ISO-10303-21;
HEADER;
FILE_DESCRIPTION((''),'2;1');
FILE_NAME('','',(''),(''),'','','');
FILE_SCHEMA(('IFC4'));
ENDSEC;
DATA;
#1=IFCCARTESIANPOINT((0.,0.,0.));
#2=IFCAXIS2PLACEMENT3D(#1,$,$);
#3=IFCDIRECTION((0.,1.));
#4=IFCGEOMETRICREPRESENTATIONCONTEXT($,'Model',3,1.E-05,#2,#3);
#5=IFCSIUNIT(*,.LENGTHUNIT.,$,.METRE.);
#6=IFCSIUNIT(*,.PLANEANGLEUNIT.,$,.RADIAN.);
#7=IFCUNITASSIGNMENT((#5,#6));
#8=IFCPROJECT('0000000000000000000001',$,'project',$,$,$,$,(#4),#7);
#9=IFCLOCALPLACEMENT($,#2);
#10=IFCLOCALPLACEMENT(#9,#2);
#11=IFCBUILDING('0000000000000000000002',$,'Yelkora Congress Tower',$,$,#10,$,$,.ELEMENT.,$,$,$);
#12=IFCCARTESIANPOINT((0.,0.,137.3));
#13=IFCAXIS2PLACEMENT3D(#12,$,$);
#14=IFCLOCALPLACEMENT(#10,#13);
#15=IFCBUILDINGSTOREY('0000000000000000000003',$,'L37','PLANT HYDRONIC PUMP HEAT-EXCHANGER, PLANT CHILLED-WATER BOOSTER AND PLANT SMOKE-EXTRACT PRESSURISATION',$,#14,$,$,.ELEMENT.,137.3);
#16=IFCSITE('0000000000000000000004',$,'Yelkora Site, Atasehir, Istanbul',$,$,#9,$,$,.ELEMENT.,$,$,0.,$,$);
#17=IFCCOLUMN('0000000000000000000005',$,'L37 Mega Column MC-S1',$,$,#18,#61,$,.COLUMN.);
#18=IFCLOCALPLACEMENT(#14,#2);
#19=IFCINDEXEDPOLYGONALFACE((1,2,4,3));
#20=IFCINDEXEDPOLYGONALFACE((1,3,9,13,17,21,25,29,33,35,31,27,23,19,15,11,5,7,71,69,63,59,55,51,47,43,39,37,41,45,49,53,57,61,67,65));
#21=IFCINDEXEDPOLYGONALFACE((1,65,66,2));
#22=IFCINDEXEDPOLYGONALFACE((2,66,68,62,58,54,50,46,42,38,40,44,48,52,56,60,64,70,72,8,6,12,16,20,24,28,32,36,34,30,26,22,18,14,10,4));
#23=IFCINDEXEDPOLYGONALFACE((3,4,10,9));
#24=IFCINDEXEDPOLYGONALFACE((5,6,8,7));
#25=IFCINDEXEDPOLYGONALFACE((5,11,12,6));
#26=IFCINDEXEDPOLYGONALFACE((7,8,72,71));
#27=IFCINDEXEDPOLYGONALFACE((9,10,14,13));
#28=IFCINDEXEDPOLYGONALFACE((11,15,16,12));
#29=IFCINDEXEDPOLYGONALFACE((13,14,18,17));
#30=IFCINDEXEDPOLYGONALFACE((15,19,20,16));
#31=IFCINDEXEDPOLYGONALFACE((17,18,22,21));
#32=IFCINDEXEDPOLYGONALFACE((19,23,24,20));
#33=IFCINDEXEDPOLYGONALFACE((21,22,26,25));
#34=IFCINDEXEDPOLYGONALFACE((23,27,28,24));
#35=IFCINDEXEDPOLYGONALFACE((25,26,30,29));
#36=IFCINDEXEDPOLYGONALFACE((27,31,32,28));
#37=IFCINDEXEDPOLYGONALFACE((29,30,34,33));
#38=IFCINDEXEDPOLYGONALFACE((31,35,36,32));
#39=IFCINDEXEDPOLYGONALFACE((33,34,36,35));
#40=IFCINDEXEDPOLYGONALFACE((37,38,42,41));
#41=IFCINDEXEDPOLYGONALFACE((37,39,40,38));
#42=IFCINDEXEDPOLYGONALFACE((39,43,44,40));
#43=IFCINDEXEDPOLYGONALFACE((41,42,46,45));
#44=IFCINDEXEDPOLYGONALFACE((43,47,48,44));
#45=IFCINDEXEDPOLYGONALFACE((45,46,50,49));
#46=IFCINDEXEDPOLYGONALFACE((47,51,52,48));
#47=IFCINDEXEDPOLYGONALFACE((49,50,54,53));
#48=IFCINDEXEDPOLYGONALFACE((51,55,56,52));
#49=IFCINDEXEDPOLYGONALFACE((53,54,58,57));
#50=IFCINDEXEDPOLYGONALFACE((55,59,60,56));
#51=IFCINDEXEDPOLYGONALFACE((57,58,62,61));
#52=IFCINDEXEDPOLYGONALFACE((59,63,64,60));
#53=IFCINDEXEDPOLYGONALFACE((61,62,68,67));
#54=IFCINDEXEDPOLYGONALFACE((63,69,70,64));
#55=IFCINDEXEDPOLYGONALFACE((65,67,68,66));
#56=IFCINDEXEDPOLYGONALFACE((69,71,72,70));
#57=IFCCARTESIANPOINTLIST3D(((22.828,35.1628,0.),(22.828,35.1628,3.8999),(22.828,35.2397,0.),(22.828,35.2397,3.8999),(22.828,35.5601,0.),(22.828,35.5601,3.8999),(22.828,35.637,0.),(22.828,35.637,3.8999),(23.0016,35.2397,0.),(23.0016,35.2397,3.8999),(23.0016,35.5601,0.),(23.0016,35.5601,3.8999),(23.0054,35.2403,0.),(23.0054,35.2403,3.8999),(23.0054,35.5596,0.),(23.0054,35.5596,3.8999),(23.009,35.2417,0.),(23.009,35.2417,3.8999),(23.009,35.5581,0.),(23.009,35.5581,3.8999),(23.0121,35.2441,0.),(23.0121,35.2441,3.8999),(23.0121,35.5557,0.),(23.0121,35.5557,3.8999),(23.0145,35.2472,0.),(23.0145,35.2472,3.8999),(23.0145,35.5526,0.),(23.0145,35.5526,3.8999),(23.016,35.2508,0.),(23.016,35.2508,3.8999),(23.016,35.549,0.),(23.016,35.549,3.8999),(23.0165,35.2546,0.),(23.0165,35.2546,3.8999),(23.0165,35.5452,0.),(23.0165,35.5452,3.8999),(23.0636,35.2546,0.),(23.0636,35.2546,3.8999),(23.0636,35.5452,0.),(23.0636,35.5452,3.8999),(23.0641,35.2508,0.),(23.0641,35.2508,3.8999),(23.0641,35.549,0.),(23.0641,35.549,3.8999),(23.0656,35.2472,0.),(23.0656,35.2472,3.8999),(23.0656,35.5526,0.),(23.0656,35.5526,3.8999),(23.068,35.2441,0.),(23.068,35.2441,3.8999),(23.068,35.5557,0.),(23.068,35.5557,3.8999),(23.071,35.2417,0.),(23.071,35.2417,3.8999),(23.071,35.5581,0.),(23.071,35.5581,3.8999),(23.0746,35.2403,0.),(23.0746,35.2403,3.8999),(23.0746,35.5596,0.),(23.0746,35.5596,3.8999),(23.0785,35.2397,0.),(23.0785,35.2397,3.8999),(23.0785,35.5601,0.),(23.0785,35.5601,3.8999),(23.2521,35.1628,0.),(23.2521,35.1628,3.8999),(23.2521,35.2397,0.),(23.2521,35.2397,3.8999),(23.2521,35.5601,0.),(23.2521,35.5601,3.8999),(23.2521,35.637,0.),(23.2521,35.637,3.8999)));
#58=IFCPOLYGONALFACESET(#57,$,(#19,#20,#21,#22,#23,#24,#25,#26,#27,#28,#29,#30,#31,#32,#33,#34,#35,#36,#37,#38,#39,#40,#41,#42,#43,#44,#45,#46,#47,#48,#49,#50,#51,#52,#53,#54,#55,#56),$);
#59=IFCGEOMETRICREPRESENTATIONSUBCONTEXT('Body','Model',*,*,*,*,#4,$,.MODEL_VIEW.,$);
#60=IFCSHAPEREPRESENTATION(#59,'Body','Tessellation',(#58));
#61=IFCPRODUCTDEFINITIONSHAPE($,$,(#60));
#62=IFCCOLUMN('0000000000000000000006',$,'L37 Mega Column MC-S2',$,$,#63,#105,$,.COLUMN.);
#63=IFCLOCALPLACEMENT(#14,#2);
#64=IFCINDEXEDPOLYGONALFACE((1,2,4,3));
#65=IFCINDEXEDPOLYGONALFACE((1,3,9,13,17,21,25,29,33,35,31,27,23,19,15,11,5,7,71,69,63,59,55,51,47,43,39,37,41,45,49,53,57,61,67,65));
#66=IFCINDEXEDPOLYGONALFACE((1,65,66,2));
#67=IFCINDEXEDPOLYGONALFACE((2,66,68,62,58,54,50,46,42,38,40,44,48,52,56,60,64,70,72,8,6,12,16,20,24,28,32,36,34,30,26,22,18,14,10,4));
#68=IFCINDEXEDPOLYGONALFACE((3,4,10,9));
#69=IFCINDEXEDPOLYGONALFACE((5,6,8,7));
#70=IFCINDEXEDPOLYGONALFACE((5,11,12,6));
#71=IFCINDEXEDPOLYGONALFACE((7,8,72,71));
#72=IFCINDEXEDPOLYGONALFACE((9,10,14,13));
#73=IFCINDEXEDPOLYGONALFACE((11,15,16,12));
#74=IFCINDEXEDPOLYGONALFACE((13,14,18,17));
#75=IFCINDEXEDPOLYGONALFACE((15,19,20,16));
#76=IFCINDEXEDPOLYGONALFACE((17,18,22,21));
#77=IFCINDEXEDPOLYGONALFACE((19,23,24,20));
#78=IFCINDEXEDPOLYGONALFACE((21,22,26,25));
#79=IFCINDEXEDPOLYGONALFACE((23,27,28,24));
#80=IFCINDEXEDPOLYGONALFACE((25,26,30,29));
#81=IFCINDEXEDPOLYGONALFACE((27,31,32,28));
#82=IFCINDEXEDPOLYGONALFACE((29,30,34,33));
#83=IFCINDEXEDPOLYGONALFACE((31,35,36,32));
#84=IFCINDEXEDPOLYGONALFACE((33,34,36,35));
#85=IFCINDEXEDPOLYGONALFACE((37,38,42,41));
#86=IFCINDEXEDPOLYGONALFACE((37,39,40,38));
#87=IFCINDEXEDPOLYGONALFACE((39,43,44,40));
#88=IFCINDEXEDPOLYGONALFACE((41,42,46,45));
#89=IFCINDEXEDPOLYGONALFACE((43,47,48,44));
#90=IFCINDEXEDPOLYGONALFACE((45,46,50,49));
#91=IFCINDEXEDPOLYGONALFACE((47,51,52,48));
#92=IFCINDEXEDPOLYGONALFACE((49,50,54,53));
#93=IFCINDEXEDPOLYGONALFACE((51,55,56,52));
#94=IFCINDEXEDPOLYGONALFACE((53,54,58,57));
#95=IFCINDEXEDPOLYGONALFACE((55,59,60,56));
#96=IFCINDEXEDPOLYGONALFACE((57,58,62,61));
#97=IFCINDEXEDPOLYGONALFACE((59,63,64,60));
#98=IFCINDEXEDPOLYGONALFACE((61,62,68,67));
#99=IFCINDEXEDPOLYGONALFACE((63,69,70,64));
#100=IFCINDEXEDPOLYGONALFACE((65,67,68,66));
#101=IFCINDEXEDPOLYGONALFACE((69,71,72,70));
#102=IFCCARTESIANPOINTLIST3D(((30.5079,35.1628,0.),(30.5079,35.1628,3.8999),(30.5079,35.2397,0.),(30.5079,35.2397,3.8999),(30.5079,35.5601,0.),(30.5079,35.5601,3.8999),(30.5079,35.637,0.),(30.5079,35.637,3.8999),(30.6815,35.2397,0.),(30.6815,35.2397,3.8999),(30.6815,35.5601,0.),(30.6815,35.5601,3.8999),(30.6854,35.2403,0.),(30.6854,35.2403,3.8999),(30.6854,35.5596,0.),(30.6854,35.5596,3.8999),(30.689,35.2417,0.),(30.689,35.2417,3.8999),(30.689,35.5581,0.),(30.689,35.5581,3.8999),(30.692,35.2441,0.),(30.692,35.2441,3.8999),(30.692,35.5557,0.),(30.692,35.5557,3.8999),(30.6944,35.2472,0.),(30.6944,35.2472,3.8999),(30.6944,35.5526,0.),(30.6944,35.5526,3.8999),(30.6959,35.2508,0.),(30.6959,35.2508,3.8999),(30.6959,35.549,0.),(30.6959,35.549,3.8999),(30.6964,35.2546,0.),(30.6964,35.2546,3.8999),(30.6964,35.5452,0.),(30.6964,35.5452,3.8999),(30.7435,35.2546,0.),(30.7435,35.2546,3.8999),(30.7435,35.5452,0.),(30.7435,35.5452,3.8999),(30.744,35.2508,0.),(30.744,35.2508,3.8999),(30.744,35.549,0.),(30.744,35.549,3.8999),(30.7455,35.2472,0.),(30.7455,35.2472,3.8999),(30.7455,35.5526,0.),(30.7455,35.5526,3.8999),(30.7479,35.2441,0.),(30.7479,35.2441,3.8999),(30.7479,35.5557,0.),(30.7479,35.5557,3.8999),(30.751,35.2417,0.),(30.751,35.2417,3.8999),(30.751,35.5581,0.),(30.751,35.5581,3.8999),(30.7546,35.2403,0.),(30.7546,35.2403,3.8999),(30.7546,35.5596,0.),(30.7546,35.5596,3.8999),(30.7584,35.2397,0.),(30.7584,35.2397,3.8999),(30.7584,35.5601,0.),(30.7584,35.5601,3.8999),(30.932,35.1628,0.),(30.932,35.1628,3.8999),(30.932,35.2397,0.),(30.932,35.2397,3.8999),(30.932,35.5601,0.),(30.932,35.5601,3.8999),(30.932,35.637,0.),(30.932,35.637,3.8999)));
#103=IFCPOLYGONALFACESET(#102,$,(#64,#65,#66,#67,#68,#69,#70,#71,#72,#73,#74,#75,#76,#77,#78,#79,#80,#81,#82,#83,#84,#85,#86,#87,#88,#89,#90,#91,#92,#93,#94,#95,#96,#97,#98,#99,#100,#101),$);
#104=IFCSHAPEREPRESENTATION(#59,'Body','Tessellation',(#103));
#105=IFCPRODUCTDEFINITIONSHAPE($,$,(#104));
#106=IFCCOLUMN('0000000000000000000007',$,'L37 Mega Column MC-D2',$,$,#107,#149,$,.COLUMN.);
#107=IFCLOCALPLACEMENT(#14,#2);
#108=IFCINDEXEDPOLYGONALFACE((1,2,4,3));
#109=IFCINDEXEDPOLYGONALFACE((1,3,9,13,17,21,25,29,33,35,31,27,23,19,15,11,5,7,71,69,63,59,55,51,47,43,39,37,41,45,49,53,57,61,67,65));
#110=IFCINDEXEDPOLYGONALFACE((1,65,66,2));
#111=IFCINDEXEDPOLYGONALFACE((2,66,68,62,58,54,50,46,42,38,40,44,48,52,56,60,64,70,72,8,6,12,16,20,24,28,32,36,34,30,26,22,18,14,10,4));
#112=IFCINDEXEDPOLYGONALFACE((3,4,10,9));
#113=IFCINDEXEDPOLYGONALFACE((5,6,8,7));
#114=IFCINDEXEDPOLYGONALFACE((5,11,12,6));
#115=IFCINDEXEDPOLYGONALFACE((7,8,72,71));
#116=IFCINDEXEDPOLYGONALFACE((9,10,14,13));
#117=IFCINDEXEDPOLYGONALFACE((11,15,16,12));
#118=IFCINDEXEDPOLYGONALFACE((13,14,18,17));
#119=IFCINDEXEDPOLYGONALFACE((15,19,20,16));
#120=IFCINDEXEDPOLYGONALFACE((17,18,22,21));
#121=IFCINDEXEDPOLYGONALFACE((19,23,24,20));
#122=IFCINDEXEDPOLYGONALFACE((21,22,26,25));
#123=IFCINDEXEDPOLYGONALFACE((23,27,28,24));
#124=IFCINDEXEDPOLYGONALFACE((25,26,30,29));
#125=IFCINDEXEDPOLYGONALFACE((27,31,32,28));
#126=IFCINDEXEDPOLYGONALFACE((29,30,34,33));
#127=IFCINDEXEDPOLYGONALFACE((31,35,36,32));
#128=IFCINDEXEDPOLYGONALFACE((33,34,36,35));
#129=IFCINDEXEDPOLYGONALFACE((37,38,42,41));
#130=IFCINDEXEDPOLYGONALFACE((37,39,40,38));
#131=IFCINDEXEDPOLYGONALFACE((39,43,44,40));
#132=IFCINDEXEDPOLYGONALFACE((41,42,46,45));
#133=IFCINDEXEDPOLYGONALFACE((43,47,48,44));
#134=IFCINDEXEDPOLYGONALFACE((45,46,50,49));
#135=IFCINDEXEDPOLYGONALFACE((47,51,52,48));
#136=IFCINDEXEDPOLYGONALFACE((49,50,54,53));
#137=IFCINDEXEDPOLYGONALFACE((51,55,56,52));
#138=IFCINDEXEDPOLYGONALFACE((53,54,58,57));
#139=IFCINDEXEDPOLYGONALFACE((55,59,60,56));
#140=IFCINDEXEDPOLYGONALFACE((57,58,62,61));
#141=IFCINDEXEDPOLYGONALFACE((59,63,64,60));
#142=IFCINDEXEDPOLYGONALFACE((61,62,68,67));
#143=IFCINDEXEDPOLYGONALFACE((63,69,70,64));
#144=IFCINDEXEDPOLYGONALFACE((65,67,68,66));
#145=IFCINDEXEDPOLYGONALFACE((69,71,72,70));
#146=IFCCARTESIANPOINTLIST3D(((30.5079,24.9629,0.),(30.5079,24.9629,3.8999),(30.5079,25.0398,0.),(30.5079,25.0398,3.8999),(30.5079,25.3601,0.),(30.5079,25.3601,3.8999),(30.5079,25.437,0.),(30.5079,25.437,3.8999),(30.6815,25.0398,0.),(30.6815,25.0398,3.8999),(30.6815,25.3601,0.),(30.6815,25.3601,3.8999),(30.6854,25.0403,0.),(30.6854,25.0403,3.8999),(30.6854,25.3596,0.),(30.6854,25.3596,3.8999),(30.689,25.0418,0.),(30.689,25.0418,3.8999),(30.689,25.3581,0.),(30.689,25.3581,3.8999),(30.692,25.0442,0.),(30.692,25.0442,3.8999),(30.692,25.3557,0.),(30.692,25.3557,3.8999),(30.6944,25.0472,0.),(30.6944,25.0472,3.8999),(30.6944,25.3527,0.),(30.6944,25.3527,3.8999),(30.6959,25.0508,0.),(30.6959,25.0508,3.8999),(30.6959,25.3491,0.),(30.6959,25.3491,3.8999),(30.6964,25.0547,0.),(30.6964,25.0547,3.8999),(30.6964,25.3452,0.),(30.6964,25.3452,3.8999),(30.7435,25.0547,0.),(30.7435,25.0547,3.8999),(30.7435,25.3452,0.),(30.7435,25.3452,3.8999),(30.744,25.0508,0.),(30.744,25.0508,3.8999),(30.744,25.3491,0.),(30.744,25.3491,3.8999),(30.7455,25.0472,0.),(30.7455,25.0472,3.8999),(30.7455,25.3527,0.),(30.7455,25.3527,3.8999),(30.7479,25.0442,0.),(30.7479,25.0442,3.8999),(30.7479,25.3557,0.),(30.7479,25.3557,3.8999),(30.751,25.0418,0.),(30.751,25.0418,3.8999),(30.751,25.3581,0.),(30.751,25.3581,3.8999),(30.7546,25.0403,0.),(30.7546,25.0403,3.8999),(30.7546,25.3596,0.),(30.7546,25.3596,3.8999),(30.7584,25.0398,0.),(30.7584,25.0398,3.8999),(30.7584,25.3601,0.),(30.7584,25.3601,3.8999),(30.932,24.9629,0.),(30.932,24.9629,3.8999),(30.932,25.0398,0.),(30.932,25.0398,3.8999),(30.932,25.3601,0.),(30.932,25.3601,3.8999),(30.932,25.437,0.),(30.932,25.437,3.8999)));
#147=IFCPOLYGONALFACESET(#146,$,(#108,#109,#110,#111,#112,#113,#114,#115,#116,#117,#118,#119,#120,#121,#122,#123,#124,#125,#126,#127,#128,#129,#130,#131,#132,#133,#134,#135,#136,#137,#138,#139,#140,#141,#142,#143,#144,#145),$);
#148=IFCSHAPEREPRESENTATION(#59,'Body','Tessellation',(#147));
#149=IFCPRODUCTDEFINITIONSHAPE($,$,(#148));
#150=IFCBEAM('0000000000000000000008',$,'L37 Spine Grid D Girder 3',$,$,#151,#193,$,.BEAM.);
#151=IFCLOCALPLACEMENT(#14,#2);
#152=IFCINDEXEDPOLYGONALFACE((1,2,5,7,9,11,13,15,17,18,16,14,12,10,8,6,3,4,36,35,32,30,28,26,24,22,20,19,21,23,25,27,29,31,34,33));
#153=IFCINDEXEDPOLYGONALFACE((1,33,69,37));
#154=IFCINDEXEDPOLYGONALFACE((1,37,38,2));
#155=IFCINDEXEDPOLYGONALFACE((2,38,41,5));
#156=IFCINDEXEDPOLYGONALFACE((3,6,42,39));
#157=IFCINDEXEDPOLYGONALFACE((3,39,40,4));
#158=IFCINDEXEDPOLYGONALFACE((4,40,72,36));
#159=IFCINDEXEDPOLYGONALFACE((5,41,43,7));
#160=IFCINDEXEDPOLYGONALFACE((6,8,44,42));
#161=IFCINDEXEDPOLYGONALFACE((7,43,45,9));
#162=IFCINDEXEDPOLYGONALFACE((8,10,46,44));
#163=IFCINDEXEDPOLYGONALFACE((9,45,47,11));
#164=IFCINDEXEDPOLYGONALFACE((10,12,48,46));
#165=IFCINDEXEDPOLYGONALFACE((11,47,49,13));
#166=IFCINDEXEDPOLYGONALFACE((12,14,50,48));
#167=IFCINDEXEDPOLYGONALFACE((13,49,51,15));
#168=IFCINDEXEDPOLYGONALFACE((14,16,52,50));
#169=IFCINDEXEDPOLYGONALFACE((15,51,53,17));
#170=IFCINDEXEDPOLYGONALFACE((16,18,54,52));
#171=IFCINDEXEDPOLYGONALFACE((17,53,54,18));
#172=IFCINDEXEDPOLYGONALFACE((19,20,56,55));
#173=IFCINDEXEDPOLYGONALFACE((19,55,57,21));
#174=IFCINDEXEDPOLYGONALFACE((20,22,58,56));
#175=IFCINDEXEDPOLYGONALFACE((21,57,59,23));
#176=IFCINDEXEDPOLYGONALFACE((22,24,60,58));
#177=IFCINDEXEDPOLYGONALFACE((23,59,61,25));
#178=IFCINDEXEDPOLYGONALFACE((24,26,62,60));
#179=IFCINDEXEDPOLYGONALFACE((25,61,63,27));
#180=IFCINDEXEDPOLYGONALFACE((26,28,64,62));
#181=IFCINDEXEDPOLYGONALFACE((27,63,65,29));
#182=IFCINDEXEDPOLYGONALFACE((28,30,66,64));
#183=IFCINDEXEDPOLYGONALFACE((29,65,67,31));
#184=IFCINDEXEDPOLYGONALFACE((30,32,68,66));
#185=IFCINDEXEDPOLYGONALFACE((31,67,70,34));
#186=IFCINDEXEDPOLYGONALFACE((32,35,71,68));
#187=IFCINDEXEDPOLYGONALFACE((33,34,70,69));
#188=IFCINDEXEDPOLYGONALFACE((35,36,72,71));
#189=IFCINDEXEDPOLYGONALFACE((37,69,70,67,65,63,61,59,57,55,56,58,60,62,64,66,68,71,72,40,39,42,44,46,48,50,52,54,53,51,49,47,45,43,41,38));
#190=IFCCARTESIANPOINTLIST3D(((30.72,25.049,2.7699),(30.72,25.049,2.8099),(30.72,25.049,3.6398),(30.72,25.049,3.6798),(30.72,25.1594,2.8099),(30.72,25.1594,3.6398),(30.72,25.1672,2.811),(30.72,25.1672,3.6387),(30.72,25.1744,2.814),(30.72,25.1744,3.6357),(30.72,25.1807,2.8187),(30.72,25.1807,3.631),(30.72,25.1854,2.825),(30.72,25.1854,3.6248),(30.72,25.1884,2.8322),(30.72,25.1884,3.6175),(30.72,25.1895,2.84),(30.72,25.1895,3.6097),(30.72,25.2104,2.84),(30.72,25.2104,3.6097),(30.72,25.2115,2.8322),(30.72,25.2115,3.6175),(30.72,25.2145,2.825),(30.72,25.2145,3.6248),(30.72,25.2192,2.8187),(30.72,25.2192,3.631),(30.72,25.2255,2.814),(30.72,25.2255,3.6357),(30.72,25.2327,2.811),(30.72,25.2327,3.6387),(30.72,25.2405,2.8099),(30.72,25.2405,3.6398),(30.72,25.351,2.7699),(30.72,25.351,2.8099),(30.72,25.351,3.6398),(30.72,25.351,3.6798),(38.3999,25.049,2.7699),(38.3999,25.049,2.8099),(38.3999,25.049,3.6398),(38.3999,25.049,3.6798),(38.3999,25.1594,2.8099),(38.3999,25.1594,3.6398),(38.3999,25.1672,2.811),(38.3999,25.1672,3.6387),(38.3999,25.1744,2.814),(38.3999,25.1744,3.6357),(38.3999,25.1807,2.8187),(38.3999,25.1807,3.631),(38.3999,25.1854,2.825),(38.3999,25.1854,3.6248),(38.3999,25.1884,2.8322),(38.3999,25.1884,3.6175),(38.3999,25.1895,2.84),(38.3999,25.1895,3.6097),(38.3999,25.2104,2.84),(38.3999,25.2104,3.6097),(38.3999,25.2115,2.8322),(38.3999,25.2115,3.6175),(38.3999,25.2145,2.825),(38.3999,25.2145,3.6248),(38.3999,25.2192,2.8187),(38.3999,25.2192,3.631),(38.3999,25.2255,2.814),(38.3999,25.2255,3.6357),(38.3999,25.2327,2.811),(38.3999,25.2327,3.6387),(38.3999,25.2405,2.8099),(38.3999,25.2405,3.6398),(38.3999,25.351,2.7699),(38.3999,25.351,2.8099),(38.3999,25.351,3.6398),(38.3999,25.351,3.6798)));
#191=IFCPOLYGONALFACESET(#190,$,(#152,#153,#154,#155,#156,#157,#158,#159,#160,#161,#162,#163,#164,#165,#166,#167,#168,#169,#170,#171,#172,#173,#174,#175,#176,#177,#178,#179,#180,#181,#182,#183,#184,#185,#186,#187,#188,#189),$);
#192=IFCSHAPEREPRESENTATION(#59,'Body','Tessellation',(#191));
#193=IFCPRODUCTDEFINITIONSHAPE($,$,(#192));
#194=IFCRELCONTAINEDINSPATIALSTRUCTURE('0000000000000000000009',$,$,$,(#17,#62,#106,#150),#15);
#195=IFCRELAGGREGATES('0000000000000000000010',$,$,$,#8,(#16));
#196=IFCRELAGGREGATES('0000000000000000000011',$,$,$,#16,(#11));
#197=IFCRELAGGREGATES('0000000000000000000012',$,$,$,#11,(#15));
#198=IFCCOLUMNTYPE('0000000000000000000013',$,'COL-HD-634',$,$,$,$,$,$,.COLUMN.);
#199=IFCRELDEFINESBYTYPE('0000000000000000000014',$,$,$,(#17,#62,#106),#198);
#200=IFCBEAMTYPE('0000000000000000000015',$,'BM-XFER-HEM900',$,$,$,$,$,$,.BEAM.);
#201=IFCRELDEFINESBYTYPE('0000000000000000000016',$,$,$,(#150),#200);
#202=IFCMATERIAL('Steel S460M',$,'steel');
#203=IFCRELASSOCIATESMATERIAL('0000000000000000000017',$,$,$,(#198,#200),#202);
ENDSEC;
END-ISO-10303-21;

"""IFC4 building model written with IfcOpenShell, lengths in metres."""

from ifc_helpers import new_model, si_unit, direction, frame, origin, origin_2d, place, context, subcontext, project, spatial, i_section, extrude, material, material_profile, profile_set, type_object, element, save


model = new_model("IFC4")

# Units and contexts
model_context = context("Model", 3, precision=1e-05, world=origin(), true_north=direction((0.0, 1.0)))
body_context = subcontext(model_context, "Body", "Model", "MODEL_VIEW")
ifc_project = project(units=[si_unit("LENGTHUNIT", "METRE"), si_unit("PLANEANGLEUNIT", "RADIAN")], contexts=[model_context])

# Site, building, storey
site_placement = place(None, origin())
site = spatial("IfcSite", under=ifc_project, at=site_placement, Name="Yelkora Site, Atasehir, Istanbul", CompositionType="ELEMENT", RefElevation=0.0)
building_placement = place(site_placement, origin())
building = spatial("IfcBuilding", under=site, at=building_placement, Name="Yelkora Congress Tower", CompositionType="ELEMENT")
storey_placement = place(building_placement, frame((0.0, 0.0, 137.3)))
storey = spatial("IfcBuildingStorey", under=building, at=storey_placement, Name="L37", Description="PLANT HYDRONIC PUMP HEAT-EXCHANGER, PLANT CHILLED-WATER BOOSTER AND PLANT SMOKE-EXTRACT PRESSURISATION", CompositionType="ELEMENT", Elevation=137.3)

# Columns
ifc_material_1 = material(Name="Steel S460M", Category="steel")
ifc_material_profile_1 = material_profile(ifc_material_1, i_section(OverallWidth=0.4241, OverallDepth=0.4741, WebThickness=0.0471, FlangeThickness=0.0769, FilletRadius=0.0149, at=origin_2d()), Name="HD 400x634")
ifc_profile_set_1 = profile_set([ifc_material_profile_1], Name="Steel S460M")
column_type = type_object("IfcColumnType", Name="COL-HD-634", PredefinedType="COLUMN", material=ifc_profile_set_1)
for number, where, z_axis, x_axis, name in (
    (1, (23.04, 35.3999, 0.0), (0.0, 0.0, 1.0), (1.0, 0.0, 0.0), "L37 Mega Column MC-S1"),
    (2, (30.72, 35.3999, 0.0), (0.0, 0.0, 1.0), (1.0, 0.0, 0.0), "L37 Mega Column MC-S2"),
    (3, (30.72, 25.2, 0.0), (0.0, 0.0, 1.0), (1.0, 0.0, 0.0), "L37 Mega Column MC-D2"),
):
    element("IfcColumn", number, at=place(storey_placement, frame(where, z_axis=z_axis, x_axis=x_axis)), inside=storey, type_object=column_type, Name=name, PredefinedType="COLUMN", context=body_context, shape_type="SweptSolid", body=[
        extrude(i_section(OverallWidth=0.4241, OverallDepth=0.4741, WebThickness=0.0471, FlangeThickness=0.0769, FilletRadius=0.0149, at=origin_2d()), origin(), (0.0, 0.0, 1.0), 3.8999),
    ])

# Beam
ifc_material_profile_2 = material_profile(ifc_material_1, i_section(OverallWidth=0.302, OverallDepth=0.9099, WebThickness=0.021, FlangeThickness=0.04, FilletRadius=0.03, at=origin_2d()), Name="HEM 900")
ifc_profile_set_2 = profile_set([ifc_material_profile_2], Name="Steel S460M")
beam_type = type_object("IfcBeamType", Name="BM-XFER-HEM900", PredefinedType="BEAM", material=ifc_profile_set_2)
for number, where, z_axis, x_axis, name in (
    (4, (30.72, 25.2, 3.2249), (1.0, 0.0, 0.0), (0.0, 1.0, 0.0), "L37 Spine Grid D Girder 3"),
):
    element("IfcBeam", number, at=place(storey_placement, frame(where, z_axis=z_axis, x_axis=x_axis)), inside=storey, type_object=beam_type, Name=name, PredefinedType="BEAM", context=body_context, shape_type="SweptSolid", body=[
        extrude(i_section(OverallWidth=0.302, OverallDepth=0.9099, WebThickness=0.021, FlangeThickness=0.04, FilletRadius=0.03, at=origin_2d()), origin(), (0.0, 0.0, 1.0), 7.6799),
    ])

save(model, "model.ifc")
